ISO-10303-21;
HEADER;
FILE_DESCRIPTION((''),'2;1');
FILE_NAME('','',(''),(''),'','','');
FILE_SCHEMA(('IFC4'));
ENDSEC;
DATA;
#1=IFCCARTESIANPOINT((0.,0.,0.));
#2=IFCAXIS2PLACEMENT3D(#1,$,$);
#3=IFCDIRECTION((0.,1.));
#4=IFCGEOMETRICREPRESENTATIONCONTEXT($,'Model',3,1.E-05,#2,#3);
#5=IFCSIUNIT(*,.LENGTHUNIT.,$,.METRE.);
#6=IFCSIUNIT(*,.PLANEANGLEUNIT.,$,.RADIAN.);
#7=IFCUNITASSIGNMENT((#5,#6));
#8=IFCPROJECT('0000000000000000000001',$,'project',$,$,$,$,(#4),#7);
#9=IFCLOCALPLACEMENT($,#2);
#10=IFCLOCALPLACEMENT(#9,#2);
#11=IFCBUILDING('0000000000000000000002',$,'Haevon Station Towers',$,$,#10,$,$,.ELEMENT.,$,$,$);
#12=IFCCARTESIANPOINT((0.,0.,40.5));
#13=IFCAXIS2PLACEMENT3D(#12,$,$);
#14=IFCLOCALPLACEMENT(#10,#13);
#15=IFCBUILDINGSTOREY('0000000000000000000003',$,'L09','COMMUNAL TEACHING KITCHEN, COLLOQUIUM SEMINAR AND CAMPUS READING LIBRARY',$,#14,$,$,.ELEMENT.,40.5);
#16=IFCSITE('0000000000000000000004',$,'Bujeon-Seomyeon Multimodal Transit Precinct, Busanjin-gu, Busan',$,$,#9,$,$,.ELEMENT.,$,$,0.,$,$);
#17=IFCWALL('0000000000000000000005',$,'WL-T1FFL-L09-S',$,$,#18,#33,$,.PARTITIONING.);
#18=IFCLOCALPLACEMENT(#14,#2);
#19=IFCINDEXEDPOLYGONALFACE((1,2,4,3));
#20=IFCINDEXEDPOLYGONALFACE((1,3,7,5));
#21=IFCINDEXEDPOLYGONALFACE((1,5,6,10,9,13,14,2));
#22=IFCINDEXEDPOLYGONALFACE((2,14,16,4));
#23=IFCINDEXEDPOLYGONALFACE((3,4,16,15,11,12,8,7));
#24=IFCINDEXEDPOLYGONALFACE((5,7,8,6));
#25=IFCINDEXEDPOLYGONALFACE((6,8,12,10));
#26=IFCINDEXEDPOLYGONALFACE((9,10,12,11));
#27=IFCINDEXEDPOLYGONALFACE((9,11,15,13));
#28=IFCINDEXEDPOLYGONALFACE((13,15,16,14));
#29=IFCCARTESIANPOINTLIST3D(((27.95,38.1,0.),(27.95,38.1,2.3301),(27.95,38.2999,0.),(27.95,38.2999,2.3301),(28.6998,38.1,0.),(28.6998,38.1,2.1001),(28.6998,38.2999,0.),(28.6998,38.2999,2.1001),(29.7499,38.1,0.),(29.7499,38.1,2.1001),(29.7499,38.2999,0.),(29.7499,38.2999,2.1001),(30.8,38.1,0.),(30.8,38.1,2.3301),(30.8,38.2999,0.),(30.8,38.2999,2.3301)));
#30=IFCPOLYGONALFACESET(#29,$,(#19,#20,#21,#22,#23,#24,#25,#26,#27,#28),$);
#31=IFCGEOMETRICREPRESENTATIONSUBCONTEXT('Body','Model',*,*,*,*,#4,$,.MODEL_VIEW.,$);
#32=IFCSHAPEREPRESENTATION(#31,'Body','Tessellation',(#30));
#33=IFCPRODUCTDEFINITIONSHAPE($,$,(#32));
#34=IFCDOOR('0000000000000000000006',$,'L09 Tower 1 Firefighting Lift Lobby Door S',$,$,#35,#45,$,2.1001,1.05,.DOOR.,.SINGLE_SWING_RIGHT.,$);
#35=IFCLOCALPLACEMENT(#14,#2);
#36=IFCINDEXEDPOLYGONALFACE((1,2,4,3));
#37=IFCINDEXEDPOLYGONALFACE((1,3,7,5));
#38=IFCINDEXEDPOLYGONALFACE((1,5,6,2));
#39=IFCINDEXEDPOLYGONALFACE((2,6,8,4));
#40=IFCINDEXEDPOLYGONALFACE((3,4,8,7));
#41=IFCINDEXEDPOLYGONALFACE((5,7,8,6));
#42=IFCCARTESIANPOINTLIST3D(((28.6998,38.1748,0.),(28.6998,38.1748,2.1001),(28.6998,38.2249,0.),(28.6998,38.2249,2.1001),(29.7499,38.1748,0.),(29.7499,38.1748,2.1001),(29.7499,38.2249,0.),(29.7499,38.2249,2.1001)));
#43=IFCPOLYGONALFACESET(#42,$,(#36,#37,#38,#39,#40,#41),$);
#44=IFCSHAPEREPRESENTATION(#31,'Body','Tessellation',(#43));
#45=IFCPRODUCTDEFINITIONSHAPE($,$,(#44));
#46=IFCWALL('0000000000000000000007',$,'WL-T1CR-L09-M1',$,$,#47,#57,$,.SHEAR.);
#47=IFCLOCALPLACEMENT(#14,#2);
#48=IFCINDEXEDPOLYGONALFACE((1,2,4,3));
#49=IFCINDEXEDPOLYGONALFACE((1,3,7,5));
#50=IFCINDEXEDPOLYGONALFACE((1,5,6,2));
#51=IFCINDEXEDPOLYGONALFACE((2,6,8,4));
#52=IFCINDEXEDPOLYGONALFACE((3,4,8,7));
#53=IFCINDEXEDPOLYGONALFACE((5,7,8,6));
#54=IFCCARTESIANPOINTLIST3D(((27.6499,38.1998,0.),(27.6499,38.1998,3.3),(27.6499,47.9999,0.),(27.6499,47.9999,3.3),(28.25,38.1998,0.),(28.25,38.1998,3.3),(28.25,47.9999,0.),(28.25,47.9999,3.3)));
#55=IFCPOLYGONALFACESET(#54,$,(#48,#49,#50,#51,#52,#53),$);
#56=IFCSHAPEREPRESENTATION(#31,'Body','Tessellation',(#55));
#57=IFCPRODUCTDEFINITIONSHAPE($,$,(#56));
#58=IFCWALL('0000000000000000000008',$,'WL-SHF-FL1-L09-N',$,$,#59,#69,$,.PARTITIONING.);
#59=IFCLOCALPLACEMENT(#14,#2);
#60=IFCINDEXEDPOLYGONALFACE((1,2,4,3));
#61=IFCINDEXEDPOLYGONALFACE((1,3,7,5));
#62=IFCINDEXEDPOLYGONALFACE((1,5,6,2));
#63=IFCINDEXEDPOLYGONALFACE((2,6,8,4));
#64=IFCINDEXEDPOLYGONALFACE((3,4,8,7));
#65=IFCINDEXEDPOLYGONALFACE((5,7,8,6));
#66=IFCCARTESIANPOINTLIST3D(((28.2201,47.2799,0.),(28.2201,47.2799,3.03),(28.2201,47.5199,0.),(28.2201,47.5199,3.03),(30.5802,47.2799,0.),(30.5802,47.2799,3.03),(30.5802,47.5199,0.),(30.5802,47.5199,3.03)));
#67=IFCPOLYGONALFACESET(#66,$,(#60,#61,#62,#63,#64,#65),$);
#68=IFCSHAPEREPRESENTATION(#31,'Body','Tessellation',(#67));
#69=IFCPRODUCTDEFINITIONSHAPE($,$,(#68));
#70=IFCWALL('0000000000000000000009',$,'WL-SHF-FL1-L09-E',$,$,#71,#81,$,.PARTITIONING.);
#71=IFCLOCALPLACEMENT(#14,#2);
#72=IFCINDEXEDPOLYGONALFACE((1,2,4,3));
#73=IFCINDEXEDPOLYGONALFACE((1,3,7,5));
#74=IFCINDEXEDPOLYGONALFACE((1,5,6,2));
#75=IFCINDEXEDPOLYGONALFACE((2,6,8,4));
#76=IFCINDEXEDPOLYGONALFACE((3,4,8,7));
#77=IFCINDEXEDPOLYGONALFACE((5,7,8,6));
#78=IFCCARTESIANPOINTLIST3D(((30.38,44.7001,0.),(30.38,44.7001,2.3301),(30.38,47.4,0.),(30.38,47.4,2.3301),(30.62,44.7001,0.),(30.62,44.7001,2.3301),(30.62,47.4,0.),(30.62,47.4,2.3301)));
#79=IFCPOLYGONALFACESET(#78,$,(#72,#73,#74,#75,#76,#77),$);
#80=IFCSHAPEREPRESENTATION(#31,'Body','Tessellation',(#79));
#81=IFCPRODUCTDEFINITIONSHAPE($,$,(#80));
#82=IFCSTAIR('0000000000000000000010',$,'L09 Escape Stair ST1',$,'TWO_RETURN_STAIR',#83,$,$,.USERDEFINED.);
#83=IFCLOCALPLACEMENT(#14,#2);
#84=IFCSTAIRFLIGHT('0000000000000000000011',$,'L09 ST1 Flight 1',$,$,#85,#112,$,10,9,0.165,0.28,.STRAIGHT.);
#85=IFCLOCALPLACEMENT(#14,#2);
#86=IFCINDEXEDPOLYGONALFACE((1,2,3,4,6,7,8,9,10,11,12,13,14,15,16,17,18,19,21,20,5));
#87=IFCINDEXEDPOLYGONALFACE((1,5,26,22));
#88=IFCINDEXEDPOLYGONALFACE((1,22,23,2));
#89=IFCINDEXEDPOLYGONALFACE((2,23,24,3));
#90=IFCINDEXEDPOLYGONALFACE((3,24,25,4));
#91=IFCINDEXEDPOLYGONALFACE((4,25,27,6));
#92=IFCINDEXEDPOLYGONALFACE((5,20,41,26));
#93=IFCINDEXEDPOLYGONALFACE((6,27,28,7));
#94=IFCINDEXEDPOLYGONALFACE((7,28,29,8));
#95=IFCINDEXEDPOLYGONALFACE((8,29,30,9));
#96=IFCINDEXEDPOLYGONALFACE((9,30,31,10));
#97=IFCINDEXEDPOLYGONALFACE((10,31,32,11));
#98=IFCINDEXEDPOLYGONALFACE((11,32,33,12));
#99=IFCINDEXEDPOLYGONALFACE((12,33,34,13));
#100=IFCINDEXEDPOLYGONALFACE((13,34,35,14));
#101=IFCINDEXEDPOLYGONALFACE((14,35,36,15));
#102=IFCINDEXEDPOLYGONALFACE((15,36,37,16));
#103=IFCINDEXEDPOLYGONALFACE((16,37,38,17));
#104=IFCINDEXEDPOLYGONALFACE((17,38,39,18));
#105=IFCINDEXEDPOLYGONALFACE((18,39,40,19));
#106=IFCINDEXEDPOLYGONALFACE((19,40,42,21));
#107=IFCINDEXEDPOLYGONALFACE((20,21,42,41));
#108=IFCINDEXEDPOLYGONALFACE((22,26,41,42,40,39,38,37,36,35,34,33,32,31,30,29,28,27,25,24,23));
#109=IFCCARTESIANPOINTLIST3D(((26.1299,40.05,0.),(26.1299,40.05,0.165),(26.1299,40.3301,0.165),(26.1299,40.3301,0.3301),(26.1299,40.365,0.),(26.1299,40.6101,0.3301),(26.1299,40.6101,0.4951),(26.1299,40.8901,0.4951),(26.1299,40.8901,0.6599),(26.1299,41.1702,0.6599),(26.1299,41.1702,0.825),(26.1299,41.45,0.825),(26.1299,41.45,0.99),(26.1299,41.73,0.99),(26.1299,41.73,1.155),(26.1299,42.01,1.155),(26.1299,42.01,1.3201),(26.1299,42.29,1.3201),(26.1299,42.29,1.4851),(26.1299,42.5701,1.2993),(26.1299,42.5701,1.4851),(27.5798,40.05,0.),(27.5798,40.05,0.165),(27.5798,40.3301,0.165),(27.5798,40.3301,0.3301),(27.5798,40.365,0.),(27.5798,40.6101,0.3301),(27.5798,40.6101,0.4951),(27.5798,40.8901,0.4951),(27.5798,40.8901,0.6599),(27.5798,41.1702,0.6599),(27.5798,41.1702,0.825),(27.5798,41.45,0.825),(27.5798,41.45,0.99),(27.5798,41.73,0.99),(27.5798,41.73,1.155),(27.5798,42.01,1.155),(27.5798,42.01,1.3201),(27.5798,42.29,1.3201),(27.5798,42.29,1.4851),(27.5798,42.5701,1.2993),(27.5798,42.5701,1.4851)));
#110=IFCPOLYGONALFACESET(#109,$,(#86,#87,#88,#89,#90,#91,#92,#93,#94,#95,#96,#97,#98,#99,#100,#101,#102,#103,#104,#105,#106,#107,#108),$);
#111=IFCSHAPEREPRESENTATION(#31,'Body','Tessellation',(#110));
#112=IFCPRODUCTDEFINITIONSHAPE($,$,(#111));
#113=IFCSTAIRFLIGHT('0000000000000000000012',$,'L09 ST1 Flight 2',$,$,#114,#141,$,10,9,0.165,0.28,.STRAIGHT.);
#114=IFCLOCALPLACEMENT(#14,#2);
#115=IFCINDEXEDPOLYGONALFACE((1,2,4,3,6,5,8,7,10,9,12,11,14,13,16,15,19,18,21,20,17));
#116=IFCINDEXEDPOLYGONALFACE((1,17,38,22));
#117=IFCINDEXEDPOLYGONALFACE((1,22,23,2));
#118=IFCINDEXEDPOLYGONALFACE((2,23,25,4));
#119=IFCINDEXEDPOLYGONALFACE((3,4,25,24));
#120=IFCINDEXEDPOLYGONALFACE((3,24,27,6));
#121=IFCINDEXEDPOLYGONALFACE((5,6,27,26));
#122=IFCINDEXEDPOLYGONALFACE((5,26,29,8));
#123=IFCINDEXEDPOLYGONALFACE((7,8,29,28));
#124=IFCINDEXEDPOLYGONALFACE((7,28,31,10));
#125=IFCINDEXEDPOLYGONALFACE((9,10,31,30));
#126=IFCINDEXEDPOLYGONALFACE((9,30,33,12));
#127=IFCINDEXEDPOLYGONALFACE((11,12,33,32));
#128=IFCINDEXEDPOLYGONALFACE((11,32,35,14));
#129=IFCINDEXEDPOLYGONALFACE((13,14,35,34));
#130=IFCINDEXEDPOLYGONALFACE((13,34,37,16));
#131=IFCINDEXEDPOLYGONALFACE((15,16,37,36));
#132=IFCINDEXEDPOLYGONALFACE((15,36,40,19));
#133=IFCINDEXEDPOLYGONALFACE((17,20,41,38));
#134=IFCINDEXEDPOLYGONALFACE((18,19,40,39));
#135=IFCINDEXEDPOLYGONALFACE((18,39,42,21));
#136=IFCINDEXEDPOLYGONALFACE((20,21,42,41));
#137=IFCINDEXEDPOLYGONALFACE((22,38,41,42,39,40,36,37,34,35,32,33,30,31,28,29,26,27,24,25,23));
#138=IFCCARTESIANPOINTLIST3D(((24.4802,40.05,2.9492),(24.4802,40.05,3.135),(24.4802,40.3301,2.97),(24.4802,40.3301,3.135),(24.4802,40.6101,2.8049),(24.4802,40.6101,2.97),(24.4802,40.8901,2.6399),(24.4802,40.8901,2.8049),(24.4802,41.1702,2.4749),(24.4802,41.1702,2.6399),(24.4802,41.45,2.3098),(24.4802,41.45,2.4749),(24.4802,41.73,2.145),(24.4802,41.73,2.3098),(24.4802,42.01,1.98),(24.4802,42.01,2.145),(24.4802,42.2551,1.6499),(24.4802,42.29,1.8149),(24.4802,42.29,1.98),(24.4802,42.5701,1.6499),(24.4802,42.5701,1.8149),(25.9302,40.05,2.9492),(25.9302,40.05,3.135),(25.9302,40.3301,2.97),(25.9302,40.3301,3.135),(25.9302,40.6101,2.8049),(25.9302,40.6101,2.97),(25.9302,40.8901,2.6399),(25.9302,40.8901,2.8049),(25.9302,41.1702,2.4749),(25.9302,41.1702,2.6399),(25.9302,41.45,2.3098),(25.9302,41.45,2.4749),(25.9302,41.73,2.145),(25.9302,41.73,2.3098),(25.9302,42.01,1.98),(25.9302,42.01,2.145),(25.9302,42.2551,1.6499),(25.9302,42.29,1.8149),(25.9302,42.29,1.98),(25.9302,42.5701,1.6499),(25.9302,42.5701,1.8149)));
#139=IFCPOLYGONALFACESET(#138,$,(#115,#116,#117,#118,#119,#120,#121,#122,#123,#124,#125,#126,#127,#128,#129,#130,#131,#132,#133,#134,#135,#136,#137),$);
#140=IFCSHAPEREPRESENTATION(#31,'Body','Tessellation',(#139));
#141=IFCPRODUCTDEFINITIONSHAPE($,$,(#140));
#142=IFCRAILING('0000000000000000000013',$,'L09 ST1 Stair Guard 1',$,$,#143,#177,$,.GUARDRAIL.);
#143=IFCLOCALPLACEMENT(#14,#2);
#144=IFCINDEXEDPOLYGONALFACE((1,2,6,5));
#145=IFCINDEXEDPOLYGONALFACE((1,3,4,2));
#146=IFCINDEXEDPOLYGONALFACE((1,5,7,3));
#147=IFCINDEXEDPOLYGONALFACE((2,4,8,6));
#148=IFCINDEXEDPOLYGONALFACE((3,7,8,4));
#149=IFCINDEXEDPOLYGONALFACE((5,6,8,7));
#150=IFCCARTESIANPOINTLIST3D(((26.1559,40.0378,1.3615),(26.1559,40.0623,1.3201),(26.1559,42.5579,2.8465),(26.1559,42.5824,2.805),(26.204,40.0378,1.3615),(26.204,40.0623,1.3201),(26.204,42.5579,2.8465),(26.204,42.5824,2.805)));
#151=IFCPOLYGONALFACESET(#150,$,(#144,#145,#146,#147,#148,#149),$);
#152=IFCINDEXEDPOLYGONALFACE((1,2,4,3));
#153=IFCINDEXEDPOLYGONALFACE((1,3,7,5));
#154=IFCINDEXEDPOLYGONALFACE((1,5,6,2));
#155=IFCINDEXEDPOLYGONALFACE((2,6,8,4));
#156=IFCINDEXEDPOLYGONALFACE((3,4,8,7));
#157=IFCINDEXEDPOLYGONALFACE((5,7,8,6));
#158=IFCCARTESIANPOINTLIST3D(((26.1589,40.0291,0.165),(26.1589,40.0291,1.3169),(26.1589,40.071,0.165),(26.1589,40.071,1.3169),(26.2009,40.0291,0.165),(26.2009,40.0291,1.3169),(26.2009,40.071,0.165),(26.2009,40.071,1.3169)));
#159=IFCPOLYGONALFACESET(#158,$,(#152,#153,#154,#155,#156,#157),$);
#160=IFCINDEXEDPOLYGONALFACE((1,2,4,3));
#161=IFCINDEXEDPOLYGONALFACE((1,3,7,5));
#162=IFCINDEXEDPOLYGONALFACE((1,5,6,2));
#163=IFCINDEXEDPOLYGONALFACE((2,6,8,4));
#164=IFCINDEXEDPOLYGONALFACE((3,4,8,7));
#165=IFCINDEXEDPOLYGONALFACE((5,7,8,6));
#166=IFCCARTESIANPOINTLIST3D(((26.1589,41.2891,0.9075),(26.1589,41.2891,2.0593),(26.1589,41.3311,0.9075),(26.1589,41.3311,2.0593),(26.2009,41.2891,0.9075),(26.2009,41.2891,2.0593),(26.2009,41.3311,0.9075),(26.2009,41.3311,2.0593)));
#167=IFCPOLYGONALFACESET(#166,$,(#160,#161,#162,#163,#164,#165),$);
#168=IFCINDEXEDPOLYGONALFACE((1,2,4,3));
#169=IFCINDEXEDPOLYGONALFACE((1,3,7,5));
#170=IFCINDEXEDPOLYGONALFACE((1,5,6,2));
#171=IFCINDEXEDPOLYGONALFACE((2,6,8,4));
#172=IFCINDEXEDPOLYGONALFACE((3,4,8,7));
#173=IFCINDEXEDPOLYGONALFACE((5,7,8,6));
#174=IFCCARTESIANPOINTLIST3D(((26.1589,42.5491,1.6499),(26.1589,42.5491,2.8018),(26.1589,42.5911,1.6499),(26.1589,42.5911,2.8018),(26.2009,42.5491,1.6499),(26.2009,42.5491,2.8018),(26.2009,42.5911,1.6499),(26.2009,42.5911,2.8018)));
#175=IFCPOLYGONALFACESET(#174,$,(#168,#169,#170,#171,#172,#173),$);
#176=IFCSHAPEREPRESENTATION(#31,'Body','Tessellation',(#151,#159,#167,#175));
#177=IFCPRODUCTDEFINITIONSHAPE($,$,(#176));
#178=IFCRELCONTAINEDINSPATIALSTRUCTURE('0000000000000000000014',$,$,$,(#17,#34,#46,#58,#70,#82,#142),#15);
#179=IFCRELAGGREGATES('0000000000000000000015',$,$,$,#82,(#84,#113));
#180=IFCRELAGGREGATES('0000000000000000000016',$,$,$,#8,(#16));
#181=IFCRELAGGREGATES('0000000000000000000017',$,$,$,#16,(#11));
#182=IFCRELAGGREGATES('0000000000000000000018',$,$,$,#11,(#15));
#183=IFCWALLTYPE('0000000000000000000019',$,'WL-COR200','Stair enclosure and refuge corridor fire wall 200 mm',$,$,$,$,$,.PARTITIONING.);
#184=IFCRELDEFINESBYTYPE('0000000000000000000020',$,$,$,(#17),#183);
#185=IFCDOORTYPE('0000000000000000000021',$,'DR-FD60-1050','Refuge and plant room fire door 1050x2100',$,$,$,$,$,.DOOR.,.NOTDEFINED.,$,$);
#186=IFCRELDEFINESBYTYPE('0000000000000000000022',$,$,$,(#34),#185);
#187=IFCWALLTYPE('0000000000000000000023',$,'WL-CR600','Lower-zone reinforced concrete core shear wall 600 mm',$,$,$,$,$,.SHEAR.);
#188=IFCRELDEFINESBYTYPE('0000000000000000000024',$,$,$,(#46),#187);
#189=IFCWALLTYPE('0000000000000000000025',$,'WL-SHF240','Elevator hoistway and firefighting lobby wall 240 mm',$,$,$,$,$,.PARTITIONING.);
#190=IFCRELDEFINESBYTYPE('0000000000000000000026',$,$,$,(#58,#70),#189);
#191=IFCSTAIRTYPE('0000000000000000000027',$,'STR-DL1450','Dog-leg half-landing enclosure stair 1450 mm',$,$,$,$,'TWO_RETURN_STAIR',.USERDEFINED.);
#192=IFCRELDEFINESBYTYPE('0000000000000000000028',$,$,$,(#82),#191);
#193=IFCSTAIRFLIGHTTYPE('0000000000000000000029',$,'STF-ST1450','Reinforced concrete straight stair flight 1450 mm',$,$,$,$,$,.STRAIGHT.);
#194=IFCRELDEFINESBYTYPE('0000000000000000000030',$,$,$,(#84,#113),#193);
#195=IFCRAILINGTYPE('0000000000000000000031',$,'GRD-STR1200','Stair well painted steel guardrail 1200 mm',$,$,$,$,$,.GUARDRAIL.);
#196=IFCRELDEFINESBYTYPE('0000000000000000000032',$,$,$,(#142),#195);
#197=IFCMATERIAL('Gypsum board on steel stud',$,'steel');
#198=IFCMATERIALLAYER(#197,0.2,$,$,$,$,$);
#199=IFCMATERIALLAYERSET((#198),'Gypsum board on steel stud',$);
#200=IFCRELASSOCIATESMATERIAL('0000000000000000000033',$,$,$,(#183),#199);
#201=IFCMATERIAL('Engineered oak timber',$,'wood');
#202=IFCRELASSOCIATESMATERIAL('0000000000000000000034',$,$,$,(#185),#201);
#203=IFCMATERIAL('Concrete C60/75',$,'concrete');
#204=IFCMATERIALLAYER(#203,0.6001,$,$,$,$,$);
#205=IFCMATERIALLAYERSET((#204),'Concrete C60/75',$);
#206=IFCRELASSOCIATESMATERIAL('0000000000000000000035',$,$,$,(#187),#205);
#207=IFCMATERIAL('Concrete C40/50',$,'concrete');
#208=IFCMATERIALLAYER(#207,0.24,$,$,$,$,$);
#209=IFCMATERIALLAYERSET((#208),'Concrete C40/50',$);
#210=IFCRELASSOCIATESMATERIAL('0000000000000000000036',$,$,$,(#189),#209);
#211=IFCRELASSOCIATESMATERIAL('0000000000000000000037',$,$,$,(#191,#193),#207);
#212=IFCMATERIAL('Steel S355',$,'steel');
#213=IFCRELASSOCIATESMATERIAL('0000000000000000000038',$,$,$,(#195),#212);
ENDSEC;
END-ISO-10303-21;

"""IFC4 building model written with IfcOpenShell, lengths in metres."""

from ifc_helpers import new_model, si_unit, direction, frame, frame_2d, origin, origin_2d, place, context, subcontext, project, spatial, polyline, rectangle, outline, extrude, material, layer, layer_set, type_object, element, fill, aggregate, save


model = new_model("IFC4")

# Units and contexts
model_context = context("Model", 3, precision=1e-05, world=origin(), true_north=direction((0.0, 1.0)))
body_context = subcontext(model_context, "Body", "Model", "MODEL_VIEW")
ifc_project = project(units=[si_unit("LENGTHUNIT", "METRE"), si_unit("PLANEANGLEUNIT", "RADIAN")], contexts=[model_context])

# Site, building, storey
site_placement = place(None, origin())
site = spatial("IfcSite", under=ifc_project, at=site_placement, Name="Bujeon-Seomyeon Multimodal Transit Precinct, Busanjin-gu, Busan", CompositionType="ELEMENT", RefElevation=0.0)
building_placement = place(site_placement, origin())
building = spatial("IfcBuilding", under=site, at=building_placement, Name="Haevon Station Towers", CompositionType="ELEMENT")
storey_placement = place(building_placement, frame((0.0, 0.0, 40.5)))
storey = spatial("IfcBuildingStorey", under=building, at=storey_placement, Name="L09", Description="COMMUNAL TEACHING KITCHEN, COLLOQUIUM SEMINAR AND CAMPUS READING LIBRARY", CompositionType="ELEMENT", Elevation=40.5)

# Shared definitions
ifc_material_1 = material(Name="Steel S355", Category="steel")

# Wall, opening, door
ifc_material_2 = material(Name="Gypsum board on steel stud", Category="steel")
ifc_layer_1 = layer(ifc_material_2, 0.2)
ifc_layer_set_1 = layer_set([ifc_layer_1], Name="Gypsum board on steel stud")
wall_type_1 = type_object("IfcWallType", Name="WL-COR200", Description="Stair enclosure and refuge corridor fire wall 200 mm", PredefinedType="PARTITIONING", material=ifc_layer_set_1)
wall_1_placement = place(storey_placement, frame((27.95, 38.2, 0.0), z_axis=(0.0, 0.0, 1.0), x_axis=(1.0, 0.0, 0.0)))
wall_1 = element("IfcWall", 1, at=wall_1_placement, inside=storey, type_object=wall_type_1, Name="WL-T1FFL-L09-S", PredefinedType="PARTITIONING", context=body_context, shape_type="SweptSolid", body=[
    extrude(rectangle(XDim=2.8501, YDim=0.2, at=frame_2d((1.425, 0.0))), origin(), (0.0, 0.0, 1.0), 2.3301),
])
opening_1_placement = place(wall_1_placement, frame((0.75, 0.0, 0.0)))
opening_1 = element("IfcOpeningElement", 2, at=opening_1_placement, cuts=wall_1, PredefinedType="OPENING", context=body_context, shape_type="SweptSolid", body=[
    extrude(rectangle(XDim=1.05, YDim=2.1001, at=frame_2d((0.5249, 1.05))), frame((0.0, 0.1099, 0.0), z_axis=(0.0, -1.0, 0.0), x_axis=(1.0, 0.0, 0.0)), (0.0, 0.0, 1.0), 0.22),
])
ifc_material_3 = material(Name="Engineered oak timber", Category="wood")
door_type_1 = type_object("IfcDoorType", Name="DR-FD60-1050", Description="Refuge and plant room fire door 1050x2100", OperationType="NOTDEFINED", PredefinedType="DOOR", material=ifc_material_3)
door_1_placement = place(opening_1_placement, origin())
door_1 = element("IfcDoor", 3, at=door_1_placement, inside=storey, type_object=door_type_1, Name="L09 Tower 1 Firefighting Lift Lobby Door S", OperationType="SINGLE_SWING_RIGHT", OverallHeight=2.1001, OverallWidth=1.05, PredefinedType="DOOR", context=body_context, shape_type="SweptSolid", body=[
    extrude(rectangle(XDim=1.05, YDim=2.1001, at=frame_2d((0.5249, 1.05))), frame((0.0, 0.0249, 0.0), z_axis=(0.0, -1.0, 0.0), x_axis=(1.0, 0.0, 0.0)), (0.0, 0.0, 1.0), 0.05),
])
fill(opening_1, door_1)

# Wall
ifc_material_4 = material(Name="Concrete C60/75", Category="concrete")
ifc_layer_2 = layer(ifc_material_4, 0.6001)
ifc_layer_set_2 = layer_set([ifc_layer_2], Name="Concrete C60/75")
wall_type_2 = type_object("IfcWallType", Name="WL-CR600", Description="Lower-zone reinforced concrete core shear wall 600 mm", PredefinedType="SHEAR", material=ifc_layer_set_2)
wall_2_placement = place(storey_placement, frame((27.95, 38.2, 0.0), z_axis=(0.0, 0.0, 1.0), x_axis=(0.0, 1.0, 0.0)))
element("IfcWall", 4, at=wall_2_placement, inside=storey, type_object=wall_type_2, Name="WL-T1CR-L09-M1", PredefinedType="SHEAR", context=body_context, shape_type="SweptSolid", body=[
    extrude(rectangle(XDim=9.8, YDim=0.6001, at=frame_2d((4.8999, 0.0))), origin(), (0.0, 0.0, 1.0), 3.3),
])

# Shared definitions
ifc_material_5 = material(Name="Concrete C40/50", Category="concrete")
ifc_layer_3 = layer(ifc_material_5, 0.24)
ifc_layer_set_3 = layer_set([ifc_layer_3], Name="Concrete C40/50")
wall_type_3 = type_object("IfcWallType", Name="WL-SHF240", Description="Elevator hoistway and firefighting lobby wall 240 mm", PredefinedType="PARTITIONING", material=ifc_layer_set_3)

# Walls
wall_3_placement = place(storey_placement, frame((28.22, 47.3999, 0.0), z_axis=(0.0, 0.0, 1.0), x_axis=(1.0, 0.0, 0.0)))
element("IfcWall", 5, at=wall_3_placement, inside=storey, type_object=wall_type_3, Name="WL-SHF-FL1-L09-N", PredefinedType="PARTITIONING", context=body_context, shape_type="SweptSolid", body=[
    extrude(rectangle(XDim=2.3601, YDim=0.24, at=frame_2d((1.1802, 0.0))), origin(), (0.0, 0.0, 1.0), 3.03),
])
wall_4_placement = place(storey_placement, frame((30.5, 44.7, 0.0), z_axis=(0.0, 0.0, 1.0), x_axis=(0.0, 1.0, 0.0)))
element("IfcWall", 6, at=wall_4_placement, inside=storey, type_object=wall_type_3, Name="WL-SHF-FL1-L09-E", PredefinedType="PARTITIONING", context=body_context, shape_type="SweptSolid", body=[
    extrude(rectangle(XDim=2.7, YDim=0.24, at=frame_2d((1.3501, 0.0))), origin(), (0.0, 0.0, 1.0), 2.3301),
])

# Stair, stair flights
stair_type = type_object("IfcStairType", Name="STR-DL1450", Description="Dog-leg half-landing enclosure stair 1450 mm", ElementType="TWO_RETURN_STAIR", PredefinedType="USERDEFINED", material=ifc_material_5)
stair_placement = place(storey_placement, origin())
stair = element("IfcStair", 7, at=stair_placement, inside=storey, type_object=stair_type, Name="L09 Escape Stair ST1", ObjectType="TWO_RETURN_STAIR", PredefinedType="USERDEFINED")
stair_flight_type = type_object("IfcStairFlightType", Name="STF-ST1450", Description="Reinforced concrete straight stair flight 1450 mm", PredefinedType="STRAIGHT", material=ifc_material_5)
stair_flight_1_placement = place(storey_placement, frame((26.855, 40.05, 0.0), z_axis=(0.0, 0.0, 1.0), x_axis=(0.0, 1.0, 0.0)))
stair_flight_1 = element("IfcStairFlight", 8, at=stair_flight_1_placement, type_object=stair_flight_type, Name="L09 ST1 Flight 1", NumberOfRisers=10, NumberOfTreads=9, PredefinedType="STRAIGHT", RiserHeight=0.165, TreadLength=0.28, context=body_context, shape_type="SweptSolid", body=[
    extrude(outline(polyline([(0.0, 0.0), (0.0, 0.165), (0.28, 0.165), (0.28, 0.3301), (0.5601, 0.3301), (0.5601, 0.4951), (0.8401, 0.4951), (0.8401, 0.6599), (1.1201, 0.6599), (1.1201, 0.825), (1.3999, 0.825), (1.3999, 0.99), (1.6799, 0.99), (1.6799, 1.155), (1.96, 1.155), (1.96, 1.3201), (2.24, 1.3201), (2.24, 1.4851), (2.52, 1.4851), (2.52, 1.6499), (2.52, 1.2993), (0.3149, 0.0), (0.0, 0.0)])), frame((0.0, 0.7251, 0.0), z_axis=(0.0, -1.0, 0.0), x_axis=(1.0, 0.0, 0.0)), (0.0, 0.0, 1.0), 1.45),
])
stair_flight_2_placement = place(storey_placement, frame((25.2051, 42.5701, 1.6499), z_axis=(0.0, 0.0, 1.0), x_axis=(0.0, -1.0, 0.0)))
stair_flight_2 = element("IfcStairFlight", 9, at=stair_flight_2_placement, type_object=stair_flight_type, Name="L09 ST1 Flight 2", NumberOfRisers=10, NumberOfTreads=9, PredefinedType="STRAIGHT", RiserHeight=0.165, TreadLength=0.28, context=body_context, shape_type="SweptSolid", body=[
    extrude(outline(polyline([(0.0, 0.0), (0.0, 0.165), (0.28, 0.165), (0.28, 0.3301), (0.5601, 0.3301), (0.5601, 0.4951), (0.8401, 0.4951), (0.8401, 0.6599), (1.1201, 0.6599), (1.1201, 0.825), (1.3999, 0.825), (1.3999, 0.99), (1.6799, 0.99), (1.6799, 1.155), (1.96, 1.155), (1.96, 1.3201), (2.24, 1.3201), (2.24, 1.4851), (2.52, 1.4851), (2.52, 1.6499), (2.52, 1.2993), (0.3149, 0.0), (0.0, 0.0)])), frame((0.0, 0.7251, 0.0), z_axis=(0.0, -1.0, 0.0), x_axis=(1.0, 0.0, 0.0)), (0.0, 0.0, 1.0), 1.45),
])
aggregate(stair, [stair_flight_1, stair_flight_2])

# Railing
railing_type_1 = type_object("IfcRailingType", Name="GRD-STR1200", Description="Stair well painted steel guardrail 1200 mm", PredefinedType="GUARDRAIL", material=ifc_material_1)
railing_1_placement = place(storey_placement, frame((26.1799, 40.05, 0.165)))
element("IfcRailing", 10, at=railing_1_placement, inside=storey, type_object=railing_type_1, Name="L09 ST1 Stair Guard 1", PredefinedType="GUARDRAIL", context=body_context, shape_type="SweptSolid", body=[
    extrude(rectangle(XDim=0.0481, YDim=0.0481, at=origin_2d()), frame((0.0, 0.0, 1.1758), z_axis=(0.0, 0.861561, 0.507655), x_axis=(-1.0, 0.0, 0.0)), (0.0, 0.0, 1.0), 2.925),
    extrude(rectangle(XDim=0.042, YDim=0.042, at=origin_2d()), origin(), (0.0, 0.0, 1.0), 1.1519),
    extrude(rectangle(XDim=0.042, YDim=0.042, at=origin_2d()), frame((0.0, 1.26, 0.7424)), (0.0, 0.0, 1.0), 1.1519),
    extrude(rectangle(XDim=0.042, YDim=0.042, at=origin_2d()), frame((0.0, 2.52, 1.4849)), (0.0, 0.0, 1.0), 1.1519),
])

save(model, "model.ifc")
